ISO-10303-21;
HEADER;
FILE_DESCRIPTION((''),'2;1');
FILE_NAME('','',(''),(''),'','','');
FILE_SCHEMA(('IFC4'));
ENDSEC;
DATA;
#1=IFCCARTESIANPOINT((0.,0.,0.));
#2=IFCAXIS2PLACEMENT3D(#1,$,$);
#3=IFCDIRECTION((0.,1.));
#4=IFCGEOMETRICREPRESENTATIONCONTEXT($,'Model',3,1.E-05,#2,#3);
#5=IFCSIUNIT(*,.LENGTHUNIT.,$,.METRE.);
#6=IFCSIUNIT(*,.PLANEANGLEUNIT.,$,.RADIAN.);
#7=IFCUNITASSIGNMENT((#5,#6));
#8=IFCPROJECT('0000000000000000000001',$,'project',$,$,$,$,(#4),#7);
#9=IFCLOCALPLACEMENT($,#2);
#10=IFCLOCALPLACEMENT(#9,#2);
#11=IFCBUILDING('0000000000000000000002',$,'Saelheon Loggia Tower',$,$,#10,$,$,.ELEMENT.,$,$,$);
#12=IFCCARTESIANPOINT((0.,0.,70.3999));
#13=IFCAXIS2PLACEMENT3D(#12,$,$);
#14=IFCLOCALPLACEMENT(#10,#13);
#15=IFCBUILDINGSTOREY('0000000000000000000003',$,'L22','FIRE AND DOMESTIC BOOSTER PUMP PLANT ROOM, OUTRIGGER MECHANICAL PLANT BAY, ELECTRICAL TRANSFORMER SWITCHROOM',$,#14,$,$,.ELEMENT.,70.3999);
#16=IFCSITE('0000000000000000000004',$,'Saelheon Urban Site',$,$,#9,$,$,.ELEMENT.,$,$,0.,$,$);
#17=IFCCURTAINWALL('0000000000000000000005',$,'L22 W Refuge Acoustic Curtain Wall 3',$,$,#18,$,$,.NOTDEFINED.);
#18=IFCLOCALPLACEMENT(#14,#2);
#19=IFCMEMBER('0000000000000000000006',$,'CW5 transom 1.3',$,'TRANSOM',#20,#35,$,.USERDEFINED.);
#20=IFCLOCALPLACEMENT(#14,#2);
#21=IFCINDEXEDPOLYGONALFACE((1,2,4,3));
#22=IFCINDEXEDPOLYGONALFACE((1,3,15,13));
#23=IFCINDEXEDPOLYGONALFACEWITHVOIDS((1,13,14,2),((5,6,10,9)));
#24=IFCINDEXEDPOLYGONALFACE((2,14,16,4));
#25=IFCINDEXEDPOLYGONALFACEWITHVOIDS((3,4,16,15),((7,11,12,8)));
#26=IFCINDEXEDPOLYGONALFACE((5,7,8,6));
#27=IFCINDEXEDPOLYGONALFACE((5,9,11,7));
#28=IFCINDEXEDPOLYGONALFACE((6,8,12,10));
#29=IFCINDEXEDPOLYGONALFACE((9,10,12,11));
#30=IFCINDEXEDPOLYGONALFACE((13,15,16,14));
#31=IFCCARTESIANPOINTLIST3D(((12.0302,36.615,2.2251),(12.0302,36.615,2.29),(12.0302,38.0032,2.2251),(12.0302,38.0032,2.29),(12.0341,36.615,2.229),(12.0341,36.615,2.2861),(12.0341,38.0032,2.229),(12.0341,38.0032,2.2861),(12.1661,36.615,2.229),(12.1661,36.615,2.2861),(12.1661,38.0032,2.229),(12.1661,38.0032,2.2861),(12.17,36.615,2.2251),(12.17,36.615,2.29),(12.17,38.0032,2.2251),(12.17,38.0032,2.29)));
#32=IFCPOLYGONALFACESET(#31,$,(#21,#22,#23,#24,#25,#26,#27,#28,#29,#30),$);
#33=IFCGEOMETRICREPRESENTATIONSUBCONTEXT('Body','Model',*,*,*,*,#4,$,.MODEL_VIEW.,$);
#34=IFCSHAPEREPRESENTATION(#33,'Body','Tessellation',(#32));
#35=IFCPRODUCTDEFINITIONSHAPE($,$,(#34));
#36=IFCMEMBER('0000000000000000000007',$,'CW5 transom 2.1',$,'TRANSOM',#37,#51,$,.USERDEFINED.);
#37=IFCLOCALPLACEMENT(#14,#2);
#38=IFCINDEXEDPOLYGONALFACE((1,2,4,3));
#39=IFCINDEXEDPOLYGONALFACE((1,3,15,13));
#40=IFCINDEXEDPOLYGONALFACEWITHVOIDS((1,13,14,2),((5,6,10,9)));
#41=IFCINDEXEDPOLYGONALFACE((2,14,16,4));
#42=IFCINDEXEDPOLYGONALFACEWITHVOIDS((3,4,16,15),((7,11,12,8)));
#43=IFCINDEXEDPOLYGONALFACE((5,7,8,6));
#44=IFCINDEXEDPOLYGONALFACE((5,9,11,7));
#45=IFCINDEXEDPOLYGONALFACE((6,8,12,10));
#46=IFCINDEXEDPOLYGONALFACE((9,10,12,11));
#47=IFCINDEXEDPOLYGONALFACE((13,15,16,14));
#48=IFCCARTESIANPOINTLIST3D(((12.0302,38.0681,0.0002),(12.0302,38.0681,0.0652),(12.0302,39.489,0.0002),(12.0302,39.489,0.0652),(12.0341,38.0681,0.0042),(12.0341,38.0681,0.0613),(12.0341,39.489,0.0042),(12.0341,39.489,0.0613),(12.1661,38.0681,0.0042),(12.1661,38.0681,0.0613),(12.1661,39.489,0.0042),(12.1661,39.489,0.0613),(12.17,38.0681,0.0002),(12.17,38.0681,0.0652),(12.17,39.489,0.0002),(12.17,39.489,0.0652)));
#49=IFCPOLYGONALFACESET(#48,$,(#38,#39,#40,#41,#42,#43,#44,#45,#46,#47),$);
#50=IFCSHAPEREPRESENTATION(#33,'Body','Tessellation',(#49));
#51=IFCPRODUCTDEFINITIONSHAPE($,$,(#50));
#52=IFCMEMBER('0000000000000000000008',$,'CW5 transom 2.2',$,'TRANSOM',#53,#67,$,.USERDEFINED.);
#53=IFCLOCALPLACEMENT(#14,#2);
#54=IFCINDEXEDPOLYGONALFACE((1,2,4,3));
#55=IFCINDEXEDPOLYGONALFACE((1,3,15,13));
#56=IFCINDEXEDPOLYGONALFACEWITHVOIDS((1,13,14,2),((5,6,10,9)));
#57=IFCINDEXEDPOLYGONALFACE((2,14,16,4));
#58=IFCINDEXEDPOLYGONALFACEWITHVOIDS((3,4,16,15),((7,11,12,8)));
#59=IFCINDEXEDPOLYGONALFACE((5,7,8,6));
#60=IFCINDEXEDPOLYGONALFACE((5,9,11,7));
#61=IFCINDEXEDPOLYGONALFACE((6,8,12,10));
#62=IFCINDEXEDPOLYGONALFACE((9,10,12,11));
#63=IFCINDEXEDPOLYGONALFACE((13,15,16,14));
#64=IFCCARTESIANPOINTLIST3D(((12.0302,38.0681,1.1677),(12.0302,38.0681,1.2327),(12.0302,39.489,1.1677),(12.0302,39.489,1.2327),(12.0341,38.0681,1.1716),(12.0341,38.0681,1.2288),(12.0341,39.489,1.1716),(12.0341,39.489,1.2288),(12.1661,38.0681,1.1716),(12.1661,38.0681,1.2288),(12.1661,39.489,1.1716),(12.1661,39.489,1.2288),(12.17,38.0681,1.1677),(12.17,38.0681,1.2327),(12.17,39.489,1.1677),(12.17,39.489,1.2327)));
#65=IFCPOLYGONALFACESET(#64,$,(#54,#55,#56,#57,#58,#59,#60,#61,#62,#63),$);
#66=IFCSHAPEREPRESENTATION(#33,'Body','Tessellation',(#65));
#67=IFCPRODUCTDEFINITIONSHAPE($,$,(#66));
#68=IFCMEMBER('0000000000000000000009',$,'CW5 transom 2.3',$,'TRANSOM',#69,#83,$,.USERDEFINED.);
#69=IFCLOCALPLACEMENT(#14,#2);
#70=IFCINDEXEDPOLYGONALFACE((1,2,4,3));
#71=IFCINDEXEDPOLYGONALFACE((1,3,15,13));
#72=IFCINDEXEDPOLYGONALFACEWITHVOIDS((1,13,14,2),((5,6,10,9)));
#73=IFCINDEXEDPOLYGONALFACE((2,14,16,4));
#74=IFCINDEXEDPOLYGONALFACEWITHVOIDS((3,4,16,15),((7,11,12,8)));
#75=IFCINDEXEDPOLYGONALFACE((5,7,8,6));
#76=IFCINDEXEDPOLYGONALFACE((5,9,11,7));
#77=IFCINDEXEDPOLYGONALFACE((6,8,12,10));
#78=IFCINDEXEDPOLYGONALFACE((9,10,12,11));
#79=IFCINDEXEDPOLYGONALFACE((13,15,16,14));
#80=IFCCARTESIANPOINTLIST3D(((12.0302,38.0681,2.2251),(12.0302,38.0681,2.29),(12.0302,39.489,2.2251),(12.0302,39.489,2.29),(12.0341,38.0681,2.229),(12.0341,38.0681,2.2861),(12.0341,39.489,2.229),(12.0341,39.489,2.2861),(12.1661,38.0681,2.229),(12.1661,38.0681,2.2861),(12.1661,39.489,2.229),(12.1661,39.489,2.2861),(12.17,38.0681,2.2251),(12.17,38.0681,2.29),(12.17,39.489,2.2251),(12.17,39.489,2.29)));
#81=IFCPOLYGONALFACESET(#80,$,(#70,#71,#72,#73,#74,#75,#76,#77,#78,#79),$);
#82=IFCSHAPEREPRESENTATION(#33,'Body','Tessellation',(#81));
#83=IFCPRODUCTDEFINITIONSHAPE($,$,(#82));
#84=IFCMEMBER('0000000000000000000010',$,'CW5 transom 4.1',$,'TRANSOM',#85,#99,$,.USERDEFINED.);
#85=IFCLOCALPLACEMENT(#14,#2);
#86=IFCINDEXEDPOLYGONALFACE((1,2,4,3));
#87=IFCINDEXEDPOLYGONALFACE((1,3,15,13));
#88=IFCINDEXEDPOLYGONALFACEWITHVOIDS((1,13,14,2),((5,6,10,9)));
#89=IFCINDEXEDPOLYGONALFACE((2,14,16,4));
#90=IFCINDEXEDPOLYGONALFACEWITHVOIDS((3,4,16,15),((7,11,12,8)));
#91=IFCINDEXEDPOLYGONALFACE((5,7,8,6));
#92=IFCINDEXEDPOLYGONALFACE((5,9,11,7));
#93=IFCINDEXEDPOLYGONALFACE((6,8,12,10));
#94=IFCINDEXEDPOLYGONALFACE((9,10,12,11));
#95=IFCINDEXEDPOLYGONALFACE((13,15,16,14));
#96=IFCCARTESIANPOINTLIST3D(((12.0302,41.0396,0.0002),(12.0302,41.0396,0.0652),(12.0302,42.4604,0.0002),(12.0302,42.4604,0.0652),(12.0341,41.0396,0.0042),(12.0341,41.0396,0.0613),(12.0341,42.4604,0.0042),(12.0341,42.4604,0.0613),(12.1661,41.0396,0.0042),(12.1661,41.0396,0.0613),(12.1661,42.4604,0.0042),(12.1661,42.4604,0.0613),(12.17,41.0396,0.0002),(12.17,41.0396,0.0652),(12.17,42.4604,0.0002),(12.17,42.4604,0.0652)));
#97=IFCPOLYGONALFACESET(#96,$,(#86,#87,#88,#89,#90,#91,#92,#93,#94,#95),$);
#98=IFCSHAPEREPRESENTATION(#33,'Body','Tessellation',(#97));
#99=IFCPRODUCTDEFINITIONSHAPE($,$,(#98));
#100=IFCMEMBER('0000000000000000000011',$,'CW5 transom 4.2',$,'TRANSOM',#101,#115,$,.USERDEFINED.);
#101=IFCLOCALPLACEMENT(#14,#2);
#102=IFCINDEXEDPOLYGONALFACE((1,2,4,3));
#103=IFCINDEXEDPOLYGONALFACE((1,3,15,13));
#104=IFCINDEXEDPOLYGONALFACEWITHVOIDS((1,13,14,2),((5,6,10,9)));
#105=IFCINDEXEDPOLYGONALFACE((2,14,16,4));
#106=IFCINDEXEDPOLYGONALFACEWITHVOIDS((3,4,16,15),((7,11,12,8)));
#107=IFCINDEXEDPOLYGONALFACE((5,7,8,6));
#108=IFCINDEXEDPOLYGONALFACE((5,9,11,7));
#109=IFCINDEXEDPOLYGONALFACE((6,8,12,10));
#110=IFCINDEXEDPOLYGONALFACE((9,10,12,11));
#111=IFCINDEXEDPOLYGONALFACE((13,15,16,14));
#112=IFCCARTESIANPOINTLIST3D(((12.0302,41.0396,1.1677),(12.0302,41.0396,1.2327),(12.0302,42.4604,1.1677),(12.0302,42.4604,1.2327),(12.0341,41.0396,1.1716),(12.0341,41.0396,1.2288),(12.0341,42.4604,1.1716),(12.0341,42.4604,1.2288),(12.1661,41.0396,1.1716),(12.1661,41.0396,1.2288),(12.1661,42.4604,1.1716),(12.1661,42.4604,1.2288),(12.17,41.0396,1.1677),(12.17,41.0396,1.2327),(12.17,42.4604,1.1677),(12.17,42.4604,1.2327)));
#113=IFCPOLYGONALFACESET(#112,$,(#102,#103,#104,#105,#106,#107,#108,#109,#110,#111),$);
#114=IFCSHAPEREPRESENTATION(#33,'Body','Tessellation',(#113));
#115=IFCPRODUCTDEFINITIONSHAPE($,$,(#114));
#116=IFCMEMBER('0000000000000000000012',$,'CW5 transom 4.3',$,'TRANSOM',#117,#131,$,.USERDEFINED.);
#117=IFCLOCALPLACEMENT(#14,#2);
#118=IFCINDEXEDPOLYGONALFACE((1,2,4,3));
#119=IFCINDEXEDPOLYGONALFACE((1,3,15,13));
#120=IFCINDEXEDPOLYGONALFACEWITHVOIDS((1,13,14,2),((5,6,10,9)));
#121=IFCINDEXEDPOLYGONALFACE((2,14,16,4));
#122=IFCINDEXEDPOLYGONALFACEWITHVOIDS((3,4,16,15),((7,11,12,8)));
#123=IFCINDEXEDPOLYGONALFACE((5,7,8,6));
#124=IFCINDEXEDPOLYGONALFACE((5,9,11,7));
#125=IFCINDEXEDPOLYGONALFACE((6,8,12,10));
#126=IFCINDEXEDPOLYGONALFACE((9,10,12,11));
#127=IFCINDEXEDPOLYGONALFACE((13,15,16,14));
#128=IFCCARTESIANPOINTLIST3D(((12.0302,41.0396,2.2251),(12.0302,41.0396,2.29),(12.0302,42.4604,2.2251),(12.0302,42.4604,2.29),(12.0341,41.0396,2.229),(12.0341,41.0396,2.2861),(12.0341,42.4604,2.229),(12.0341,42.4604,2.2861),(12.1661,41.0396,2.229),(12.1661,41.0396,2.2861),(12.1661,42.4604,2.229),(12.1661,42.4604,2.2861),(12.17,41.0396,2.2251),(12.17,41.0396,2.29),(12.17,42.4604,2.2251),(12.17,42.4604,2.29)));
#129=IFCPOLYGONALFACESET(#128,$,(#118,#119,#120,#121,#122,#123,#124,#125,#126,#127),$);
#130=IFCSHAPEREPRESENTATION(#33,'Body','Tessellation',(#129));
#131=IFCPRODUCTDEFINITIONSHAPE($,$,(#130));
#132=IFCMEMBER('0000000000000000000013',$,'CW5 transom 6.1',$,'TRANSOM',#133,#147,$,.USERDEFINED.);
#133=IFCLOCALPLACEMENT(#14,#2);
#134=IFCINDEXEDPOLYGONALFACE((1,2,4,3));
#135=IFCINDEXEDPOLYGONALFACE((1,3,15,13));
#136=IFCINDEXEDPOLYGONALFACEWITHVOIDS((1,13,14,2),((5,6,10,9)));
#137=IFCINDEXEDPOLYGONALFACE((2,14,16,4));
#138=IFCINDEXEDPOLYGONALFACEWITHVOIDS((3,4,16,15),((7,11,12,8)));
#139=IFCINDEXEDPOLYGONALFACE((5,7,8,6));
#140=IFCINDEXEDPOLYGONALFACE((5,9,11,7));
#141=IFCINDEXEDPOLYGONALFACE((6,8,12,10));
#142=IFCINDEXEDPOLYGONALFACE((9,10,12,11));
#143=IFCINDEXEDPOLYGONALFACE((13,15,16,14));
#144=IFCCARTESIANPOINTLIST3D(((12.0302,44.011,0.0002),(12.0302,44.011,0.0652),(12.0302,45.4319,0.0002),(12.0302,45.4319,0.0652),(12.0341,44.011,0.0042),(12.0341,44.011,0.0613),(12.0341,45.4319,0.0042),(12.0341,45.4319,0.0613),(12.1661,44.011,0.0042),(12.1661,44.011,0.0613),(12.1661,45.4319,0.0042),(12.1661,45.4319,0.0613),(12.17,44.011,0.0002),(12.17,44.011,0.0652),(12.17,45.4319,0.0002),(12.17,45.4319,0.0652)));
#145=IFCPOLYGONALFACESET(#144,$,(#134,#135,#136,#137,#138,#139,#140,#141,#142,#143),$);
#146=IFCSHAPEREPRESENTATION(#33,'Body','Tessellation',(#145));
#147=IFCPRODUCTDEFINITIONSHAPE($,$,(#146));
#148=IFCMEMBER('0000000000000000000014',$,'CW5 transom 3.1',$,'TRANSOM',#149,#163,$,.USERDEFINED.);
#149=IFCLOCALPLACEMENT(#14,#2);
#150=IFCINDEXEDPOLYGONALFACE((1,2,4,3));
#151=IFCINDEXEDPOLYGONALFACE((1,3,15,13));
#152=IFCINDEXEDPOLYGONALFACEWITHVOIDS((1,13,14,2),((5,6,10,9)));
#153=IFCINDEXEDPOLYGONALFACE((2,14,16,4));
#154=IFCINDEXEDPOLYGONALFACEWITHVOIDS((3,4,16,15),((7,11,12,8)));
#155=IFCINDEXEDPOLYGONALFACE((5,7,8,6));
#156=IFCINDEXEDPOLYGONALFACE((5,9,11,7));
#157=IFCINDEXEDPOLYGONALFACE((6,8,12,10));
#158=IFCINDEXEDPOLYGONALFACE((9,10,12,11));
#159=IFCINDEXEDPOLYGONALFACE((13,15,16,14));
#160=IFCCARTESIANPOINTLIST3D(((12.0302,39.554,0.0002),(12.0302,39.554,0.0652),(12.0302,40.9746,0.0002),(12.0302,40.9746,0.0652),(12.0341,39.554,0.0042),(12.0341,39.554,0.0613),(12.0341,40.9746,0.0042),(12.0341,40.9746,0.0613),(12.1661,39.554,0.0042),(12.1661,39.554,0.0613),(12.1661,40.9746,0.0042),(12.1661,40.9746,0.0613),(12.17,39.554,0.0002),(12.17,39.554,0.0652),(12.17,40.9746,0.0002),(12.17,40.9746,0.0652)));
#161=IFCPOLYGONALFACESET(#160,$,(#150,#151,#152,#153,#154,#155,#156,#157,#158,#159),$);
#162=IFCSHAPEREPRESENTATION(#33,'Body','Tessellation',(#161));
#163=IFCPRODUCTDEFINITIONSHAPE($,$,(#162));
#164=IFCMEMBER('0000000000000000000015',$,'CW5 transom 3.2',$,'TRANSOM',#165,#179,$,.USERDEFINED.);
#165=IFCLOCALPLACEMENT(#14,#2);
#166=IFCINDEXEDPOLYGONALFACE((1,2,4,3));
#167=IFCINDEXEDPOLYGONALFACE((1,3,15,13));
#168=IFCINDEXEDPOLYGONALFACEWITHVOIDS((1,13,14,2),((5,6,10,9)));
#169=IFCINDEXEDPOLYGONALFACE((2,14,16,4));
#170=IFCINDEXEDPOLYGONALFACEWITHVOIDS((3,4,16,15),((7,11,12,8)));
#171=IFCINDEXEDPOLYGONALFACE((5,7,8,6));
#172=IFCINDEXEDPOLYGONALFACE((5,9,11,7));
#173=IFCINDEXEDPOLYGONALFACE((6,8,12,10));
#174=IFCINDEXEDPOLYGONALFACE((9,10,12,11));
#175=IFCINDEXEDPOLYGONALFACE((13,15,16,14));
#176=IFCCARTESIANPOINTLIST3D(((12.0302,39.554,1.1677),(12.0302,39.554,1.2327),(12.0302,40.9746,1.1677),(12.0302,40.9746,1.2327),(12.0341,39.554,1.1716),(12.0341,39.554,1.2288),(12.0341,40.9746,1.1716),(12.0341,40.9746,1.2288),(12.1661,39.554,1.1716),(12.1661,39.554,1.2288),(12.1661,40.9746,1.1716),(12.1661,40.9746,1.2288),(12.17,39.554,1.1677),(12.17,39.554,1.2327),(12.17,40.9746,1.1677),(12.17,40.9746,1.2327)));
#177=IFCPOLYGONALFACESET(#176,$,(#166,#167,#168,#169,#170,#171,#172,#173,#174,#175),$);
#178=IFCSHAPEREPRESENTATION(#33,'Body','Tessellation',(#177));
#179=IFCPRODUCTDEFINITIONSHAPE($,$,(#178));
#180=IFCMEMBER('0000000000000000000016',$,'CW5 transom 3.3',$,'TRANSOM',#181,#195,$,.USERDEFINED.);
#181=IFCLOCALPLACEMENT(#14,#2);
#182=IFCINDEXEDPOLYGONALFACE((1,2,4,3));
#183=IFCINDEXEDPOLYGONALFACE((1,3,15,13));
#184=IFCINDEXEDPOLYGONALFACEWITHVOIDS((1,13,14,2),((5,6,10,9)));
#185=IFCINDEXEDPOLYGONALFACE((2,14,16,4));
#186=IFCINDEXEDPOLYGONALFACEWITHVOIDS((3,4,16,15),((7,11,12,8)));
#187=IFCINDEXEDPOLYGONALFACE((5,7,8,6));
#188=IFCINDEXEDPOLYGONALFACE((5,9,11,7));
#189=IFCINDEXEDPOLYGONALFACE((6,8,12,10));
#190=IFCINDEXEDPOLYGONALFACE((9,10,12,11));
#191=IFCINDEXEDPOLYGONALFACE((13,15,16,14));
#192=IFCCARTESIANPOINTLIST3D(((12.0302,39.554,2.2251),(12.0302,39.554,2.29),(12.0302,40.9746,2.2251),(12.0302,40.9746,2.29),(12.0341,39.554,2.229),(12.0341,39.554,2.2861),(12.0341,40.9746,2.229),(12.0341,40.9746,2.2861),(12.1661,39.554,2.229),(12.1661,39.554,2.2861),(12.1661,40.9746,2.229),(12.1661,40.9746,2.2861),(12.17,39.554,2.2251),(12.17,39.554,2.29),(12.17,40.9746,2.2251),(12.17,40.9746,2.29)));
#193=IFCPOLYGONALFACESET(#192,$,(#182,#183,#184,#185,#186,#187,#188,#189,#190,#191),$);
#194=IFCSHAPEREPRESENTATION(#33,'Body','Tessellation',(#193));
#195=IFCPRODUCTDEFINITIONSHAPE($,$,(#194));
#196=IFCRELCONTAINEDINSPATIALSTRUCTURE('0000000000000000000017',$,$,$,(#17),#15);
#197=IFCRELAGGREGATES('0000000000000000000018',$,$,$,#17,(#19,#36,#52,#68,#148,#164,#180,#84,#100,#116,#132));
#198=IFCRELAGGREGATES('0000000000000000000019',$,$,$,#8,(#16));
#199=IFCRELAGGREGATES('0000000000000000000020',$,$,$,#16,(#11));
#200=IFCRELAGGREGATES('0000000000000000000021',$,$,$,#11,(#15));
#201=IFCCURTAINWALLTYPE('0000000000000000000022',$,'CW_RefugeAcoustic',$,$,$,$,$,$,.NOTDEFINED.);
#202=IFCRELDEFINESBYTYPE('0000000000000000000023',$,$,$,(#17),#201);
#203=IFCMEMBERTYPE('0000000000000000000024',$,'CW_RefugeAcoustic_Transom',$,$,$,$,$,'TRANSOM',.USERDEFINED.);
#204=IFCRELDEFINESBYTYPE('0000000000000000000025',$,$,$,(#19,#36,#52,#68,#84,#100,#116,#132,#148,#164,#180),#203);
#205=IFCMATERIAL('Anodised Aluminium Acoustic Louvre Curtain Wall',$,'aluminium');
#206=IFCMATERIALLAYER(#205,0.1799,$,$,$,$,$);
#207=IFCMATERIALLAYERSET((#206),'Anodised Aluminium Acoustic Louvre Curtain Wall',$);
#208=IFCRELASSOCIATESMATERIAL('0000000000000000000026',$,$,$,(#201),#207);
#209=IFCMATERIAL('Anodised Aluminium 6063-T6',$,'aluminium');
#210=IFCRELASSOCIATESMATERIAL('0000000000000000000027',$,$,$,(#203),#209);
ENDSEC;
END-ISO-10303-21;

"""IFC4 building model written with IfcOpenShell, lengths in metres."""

from ifc_helpers import new_model, si_unit, direction, frame, origin, origin_2d, place, context, subcontext, project, spatial, hollow_rectangle, extrude, source, transform, mapped, material, layer, layer_set, material_profile, profile_set, type_object, element, aggregate, save


model = new_model("IFC4")

# Units and contexts
model_context = context("Model", 3, precision=1e-05, world=origin(), true_north=direction((0.0, 1.0)))
body_context = subcontext(model_context, "Body", "Model", "MODEL_VIEW")
ifc_project = project(units=[si_unit("LENGTHUNIT", "METRE"), si_unit("PLANEANGLEUNIT", "RADIAN")], contexts=[model_context])

# Site, building, storey
site_placement = place(None, origin())
site = spatial("IfcSite", under=ifc_project, at=site_placement, Name="Saelheon Urban Site", CompositionType="ELEMENT", RefElevation=0.0)
building_placement = place(site_placement, origin())
building = spatial("IfcBuilding", under=site, at=building_placement, Name="Saelheon Loggia Tower", CompositionType="ELEMENT")
storey_placement = place(building_placement, frame((0.0, 0.0, 70.3999)))
storey = spatial("IfcBuildingStorey", under=building, at=storey_placement, Name="L22", Description="FIRE AND DOMESTIC BOOSTER PUMP PLANT ROOM, OUTRIGGER MECHANICAL PLANT BAY, ELECTRICAL TRANSFORMER SWITCHROOM", CompositionType="ELEMENT", Elevation=70.3999)

# Curtain wall, members
ifc_material_1 = material(Name="Anodised Aluminium Acoustic Louvre Curtain Wall", Category="aluminium")
ifc_layer_1 = layer(ifc_material_1, 0.1799)
ifc_layer_set_1 = layer_set([ifc_layer_1], Name="Anodised Aluminium Acoustic Louvre Curtain Wall")
curtain_wall_type = type_object("IfcCurtainWallType", Name="CW_RefugeAcoustic", PredefinedType="NOTDEFINED", material=ifc_layer_set_1)
curtain_wall_placement = place(storey_placement, origin())
curtain_wall = element("IfcCurtainWall", 1, at=curtain_wall_placement, inside=storey, type_object=curtain_wall_type, Name="L22 W Refuge Acoustic Curtain Wall 3", PredefinedType="NOTDEFINED")
ifc_material_2 = material(Name="Anodised Aluminium 6063-T6", Category="aluminium")
ifc_material_profile_1 = material_profile(ifc_material_2, hollow_rectangle(XDim=0.0649, YDim=0.1399, WallThickness=0.0039, at=origin_2d()), Name="RHS-140x65x4")
ifc_profile_set_1 = profile_set([ifc_material_profile_1], Name="Anodised Aluminium 6063-T6")
member_type_1 = type_object("IfcMemberType", Name="CW_RefugeAcoustic_Transom", ElementType="TRANSOM", PredefinedType="USERDEFINED", material=ifc_profile_set_1)
shared_shape_1 = source(origin(), body_context, "Body", "SweptSolid", [
    extrude(hollow_rectangle(XDim=0.0649, YDim=0.1399, WallThickness=0.0039, at=origin_2d()), origin(), (0.0, 0.0, 1.0), 1.3882),
])
member_1_placement = place(storey_placement, frame((12.1001, 36.615, 2.2576), z_axis=(0.0, 1.0, 0.0), x_axis=(0.0, 0.0, 1.0)))
member_1 = element("IfcMember", 2, at=member_1_placement, type_object=member_type_1, Name="CW5 transom 1.3", ObjectType="TRANSOM", PredefinedType="USERDEFINED", context=body_context, shape_type="MappedRepresentation", body=[
    mapped(shared_shape_1, transform((0.0, 0.0, 0.0), scale=1.0)),
])
shared_shape_2 = source(origin(), body_context, "Body", "SweptSolid", [
    extrude(hollow_rectangle(XDim=0.0649, YDim=0.1399, WallThickness=0.0039, at=origin_2d()), origin(), (0.0, 0.0, 1.0), 1.4209),
])
member_2_placement = place(storey_placement, frame((12.1001, 38.0681, 0.0327), z_axis=(0.0, 1.0, 0.0), x_axis=(0.0, 0.0, 1.0)))
member_2 = element("IfcMember", 3, at=member_2_placement, type_object=member_type_1, Name="CW5 transom 2.1", ObjectType="TRANSOM", PredefinedType="USERDEFINED", context=body_context, shape_type="MappedRepresentation", body=[
    mapped(shared_shape_2, transform((0.0, 0.0, 0.0), scale=1.0)),
])
member_3_placement = place(storey_placement, frame((12.1001, 38.0681, 1.2002), z_axis=(0.0, 1.0, 0.0), x_axis=(0.0, 0.0, 1.0)))
member_3 = element("IfcMember", 4, at=member_3_placement, type_object=member_type_1, Name="CW5 transom 2.2", ObjectType="TRANSOM", PredefinedType="USERDEFINED", context=body_context, shape_type="MappedRepresentation", body=[
    mapped(shared_shape_2, transform((0.0, 0.0, 0.0), scale=1.0)),
])
member_4_placement = place(storey_placement, frame((12.1001, 38.0681, 2.2576), z_axis=(0.0, 1.0, 0.0), x_axis=(0.0, 0.0, 1.0)))
member_4 = element("IfcMember", 5, at=member_4_placement, type_object=member_type_1, Name="CW5 transom 2.3", ObjectType="TRANSOM", PredefinedType="USERDEFINED", context=body_context, shape_type="MappedRepresentation", body=[
    mapped(shared_shape_2, transform((0.0, 0.0, 0.0), scale=1.0)),
])
member_5_placement = place(storey_placement, frame((12.1001, 41.0396, 0.0327), z_axis=(0.0, 1.0, 0.0), x_axis=(0.0, 0.0, 1.0)))
member_5 = element("IfcMember", 6, at=member_5_placement, type_object=member_type_1, Name="CW5 transom 4.1", ObjectType="TRANSOM", PredefinedType="USERDEFINED", context=body_context, shape_type="MappedRepresentation", body=[
    mapped(shared_shape_2, transform((0.0, 0.0, 0.0), scale=1.0)),
])
member_6_placement = place(storey_placement, frame((12.1001, 41.0396, 1.2002), z_axis=(0.0, 1.0, 0.0), x_axis=(0.0, 0.0, 1.0)))
member_6 = element("IfcMember", 7, at=member_6_placement, type_object=member_type_1, Name="CW5 transom 4.2", ObjectType="TRANSOM", PredefinedType="USERDEFINED", context=body_context, shape_type="MappedRepresentation", body=[
    mapped(shared_shape_2, transform((0.0, 0.0, 0.0), scale=1.0)),
])
member_7_placement = place(storey_placement, frame((12.1001, 41.0396, 2.2576), z_axis=(0.0, 1.0, 0.0), x_axis=(0.0, 0.0, 1.0)))
member_7 = element("IfcMember", 8, at=member_7_placement, type_object=member_type_1, Name="CW5 transom 4.3", ObjectType="TRANSOM", PredefinedType="USERDEFINED", context=body_context, shape_type="MappedRepresentation", body=[
    mapped(shared_shape_2, transform((0.0, 0.0, 0.0), scale=1.0)),
])
member_8_placement = place(storey_placement, frame((12.1001, 44.011, 0.0327), z_axis=(0.0, 1.0, 0.0), x_axis=(0.0, 0.0, 1.0)))
member_8 = element("IfcMember", 9, at=member_8_placement, type_object=member_type_1, Name="CW5 transom 6.1", ObjectType="TRANSOM", PredefinedType="USERDEFINED", context=body_context, shape_type="MappedRepresentation", body=[
    mapped(shared_shape_2, transform((0.0, 0.0, 0.0), scale=1.0)),
])
shared_shape_3 = source(origin(), body_context, "Body", "SweptSolid", [
    extrude(hollow_rectangle(XDim=0.0649, YDim=0.1399, WallThickness=0.0039, at=origin_2d()), origin(), (0.0, 0.0, 1.0), 1.4207),
])
member_9_placement = place(storey_placement, frame((12.1001, 39.554, 0.0327), z_axis=(0.0, 1.0, 0.0), x_axis=(0.0, 0.0, 1.0)))
member_9 = element("IfcMember", 10, at=member_9_placement, type_object=member_type_1, Name="CW5 transom 3.1", ObjectType="TRANSOM", PredefinedType="USERDEFINED", context=body_context, shape_type="MappedRepresentation", body=[
    mapped(shared_shape_3, transform((0.0, 0.0, 0.0), scale=1.0)),
])
member_10_placement = place(storey_placement, frame((12.1001, 39.554, 1.2002), z_axis=(0.0, 1.0, 0.0), x_axis=(0.0, 0.0, 1.0)))
member_10 = element("IfcMember", 11, at=member_10_placement, type_object=member_type_1, Name="CW5 transom 3.2", ObjectType="TRANSOM", PredefinedType="USERDEFINED", context=body_context, shape_type="MappedRepresentation", body=[
    mapped(shared_shape_3, transform((0.0, 0.0, 0.0), scale=1.0)),
])
member_11_placement = place(storey_placement, frame((12.1001, 39.554, 2.2576), z_axis=(0.0, 1.0, 0.0), x_axis=(0.0, 0.0, 1.0)))
member_11 = element("IfcMember", 12, at=member_11_placement, type_object=member_type_1, Name="CW5 transom 3.3", ObjectType="TRANSOM", PredefinedType="USERDEFINED", context=body_context, shape_type="MappedRepresentation", body=[
    mapped(shared_shape_3, transform((0.0, 0.0, 0.0), scale=1.0)),
])
aggregate(curtain_wall, [member_1, member_2, member_3, member_4, member_9, member_10, member_11, member_5, member_6, member_7, member_8])

save(model, "model.ifc")
